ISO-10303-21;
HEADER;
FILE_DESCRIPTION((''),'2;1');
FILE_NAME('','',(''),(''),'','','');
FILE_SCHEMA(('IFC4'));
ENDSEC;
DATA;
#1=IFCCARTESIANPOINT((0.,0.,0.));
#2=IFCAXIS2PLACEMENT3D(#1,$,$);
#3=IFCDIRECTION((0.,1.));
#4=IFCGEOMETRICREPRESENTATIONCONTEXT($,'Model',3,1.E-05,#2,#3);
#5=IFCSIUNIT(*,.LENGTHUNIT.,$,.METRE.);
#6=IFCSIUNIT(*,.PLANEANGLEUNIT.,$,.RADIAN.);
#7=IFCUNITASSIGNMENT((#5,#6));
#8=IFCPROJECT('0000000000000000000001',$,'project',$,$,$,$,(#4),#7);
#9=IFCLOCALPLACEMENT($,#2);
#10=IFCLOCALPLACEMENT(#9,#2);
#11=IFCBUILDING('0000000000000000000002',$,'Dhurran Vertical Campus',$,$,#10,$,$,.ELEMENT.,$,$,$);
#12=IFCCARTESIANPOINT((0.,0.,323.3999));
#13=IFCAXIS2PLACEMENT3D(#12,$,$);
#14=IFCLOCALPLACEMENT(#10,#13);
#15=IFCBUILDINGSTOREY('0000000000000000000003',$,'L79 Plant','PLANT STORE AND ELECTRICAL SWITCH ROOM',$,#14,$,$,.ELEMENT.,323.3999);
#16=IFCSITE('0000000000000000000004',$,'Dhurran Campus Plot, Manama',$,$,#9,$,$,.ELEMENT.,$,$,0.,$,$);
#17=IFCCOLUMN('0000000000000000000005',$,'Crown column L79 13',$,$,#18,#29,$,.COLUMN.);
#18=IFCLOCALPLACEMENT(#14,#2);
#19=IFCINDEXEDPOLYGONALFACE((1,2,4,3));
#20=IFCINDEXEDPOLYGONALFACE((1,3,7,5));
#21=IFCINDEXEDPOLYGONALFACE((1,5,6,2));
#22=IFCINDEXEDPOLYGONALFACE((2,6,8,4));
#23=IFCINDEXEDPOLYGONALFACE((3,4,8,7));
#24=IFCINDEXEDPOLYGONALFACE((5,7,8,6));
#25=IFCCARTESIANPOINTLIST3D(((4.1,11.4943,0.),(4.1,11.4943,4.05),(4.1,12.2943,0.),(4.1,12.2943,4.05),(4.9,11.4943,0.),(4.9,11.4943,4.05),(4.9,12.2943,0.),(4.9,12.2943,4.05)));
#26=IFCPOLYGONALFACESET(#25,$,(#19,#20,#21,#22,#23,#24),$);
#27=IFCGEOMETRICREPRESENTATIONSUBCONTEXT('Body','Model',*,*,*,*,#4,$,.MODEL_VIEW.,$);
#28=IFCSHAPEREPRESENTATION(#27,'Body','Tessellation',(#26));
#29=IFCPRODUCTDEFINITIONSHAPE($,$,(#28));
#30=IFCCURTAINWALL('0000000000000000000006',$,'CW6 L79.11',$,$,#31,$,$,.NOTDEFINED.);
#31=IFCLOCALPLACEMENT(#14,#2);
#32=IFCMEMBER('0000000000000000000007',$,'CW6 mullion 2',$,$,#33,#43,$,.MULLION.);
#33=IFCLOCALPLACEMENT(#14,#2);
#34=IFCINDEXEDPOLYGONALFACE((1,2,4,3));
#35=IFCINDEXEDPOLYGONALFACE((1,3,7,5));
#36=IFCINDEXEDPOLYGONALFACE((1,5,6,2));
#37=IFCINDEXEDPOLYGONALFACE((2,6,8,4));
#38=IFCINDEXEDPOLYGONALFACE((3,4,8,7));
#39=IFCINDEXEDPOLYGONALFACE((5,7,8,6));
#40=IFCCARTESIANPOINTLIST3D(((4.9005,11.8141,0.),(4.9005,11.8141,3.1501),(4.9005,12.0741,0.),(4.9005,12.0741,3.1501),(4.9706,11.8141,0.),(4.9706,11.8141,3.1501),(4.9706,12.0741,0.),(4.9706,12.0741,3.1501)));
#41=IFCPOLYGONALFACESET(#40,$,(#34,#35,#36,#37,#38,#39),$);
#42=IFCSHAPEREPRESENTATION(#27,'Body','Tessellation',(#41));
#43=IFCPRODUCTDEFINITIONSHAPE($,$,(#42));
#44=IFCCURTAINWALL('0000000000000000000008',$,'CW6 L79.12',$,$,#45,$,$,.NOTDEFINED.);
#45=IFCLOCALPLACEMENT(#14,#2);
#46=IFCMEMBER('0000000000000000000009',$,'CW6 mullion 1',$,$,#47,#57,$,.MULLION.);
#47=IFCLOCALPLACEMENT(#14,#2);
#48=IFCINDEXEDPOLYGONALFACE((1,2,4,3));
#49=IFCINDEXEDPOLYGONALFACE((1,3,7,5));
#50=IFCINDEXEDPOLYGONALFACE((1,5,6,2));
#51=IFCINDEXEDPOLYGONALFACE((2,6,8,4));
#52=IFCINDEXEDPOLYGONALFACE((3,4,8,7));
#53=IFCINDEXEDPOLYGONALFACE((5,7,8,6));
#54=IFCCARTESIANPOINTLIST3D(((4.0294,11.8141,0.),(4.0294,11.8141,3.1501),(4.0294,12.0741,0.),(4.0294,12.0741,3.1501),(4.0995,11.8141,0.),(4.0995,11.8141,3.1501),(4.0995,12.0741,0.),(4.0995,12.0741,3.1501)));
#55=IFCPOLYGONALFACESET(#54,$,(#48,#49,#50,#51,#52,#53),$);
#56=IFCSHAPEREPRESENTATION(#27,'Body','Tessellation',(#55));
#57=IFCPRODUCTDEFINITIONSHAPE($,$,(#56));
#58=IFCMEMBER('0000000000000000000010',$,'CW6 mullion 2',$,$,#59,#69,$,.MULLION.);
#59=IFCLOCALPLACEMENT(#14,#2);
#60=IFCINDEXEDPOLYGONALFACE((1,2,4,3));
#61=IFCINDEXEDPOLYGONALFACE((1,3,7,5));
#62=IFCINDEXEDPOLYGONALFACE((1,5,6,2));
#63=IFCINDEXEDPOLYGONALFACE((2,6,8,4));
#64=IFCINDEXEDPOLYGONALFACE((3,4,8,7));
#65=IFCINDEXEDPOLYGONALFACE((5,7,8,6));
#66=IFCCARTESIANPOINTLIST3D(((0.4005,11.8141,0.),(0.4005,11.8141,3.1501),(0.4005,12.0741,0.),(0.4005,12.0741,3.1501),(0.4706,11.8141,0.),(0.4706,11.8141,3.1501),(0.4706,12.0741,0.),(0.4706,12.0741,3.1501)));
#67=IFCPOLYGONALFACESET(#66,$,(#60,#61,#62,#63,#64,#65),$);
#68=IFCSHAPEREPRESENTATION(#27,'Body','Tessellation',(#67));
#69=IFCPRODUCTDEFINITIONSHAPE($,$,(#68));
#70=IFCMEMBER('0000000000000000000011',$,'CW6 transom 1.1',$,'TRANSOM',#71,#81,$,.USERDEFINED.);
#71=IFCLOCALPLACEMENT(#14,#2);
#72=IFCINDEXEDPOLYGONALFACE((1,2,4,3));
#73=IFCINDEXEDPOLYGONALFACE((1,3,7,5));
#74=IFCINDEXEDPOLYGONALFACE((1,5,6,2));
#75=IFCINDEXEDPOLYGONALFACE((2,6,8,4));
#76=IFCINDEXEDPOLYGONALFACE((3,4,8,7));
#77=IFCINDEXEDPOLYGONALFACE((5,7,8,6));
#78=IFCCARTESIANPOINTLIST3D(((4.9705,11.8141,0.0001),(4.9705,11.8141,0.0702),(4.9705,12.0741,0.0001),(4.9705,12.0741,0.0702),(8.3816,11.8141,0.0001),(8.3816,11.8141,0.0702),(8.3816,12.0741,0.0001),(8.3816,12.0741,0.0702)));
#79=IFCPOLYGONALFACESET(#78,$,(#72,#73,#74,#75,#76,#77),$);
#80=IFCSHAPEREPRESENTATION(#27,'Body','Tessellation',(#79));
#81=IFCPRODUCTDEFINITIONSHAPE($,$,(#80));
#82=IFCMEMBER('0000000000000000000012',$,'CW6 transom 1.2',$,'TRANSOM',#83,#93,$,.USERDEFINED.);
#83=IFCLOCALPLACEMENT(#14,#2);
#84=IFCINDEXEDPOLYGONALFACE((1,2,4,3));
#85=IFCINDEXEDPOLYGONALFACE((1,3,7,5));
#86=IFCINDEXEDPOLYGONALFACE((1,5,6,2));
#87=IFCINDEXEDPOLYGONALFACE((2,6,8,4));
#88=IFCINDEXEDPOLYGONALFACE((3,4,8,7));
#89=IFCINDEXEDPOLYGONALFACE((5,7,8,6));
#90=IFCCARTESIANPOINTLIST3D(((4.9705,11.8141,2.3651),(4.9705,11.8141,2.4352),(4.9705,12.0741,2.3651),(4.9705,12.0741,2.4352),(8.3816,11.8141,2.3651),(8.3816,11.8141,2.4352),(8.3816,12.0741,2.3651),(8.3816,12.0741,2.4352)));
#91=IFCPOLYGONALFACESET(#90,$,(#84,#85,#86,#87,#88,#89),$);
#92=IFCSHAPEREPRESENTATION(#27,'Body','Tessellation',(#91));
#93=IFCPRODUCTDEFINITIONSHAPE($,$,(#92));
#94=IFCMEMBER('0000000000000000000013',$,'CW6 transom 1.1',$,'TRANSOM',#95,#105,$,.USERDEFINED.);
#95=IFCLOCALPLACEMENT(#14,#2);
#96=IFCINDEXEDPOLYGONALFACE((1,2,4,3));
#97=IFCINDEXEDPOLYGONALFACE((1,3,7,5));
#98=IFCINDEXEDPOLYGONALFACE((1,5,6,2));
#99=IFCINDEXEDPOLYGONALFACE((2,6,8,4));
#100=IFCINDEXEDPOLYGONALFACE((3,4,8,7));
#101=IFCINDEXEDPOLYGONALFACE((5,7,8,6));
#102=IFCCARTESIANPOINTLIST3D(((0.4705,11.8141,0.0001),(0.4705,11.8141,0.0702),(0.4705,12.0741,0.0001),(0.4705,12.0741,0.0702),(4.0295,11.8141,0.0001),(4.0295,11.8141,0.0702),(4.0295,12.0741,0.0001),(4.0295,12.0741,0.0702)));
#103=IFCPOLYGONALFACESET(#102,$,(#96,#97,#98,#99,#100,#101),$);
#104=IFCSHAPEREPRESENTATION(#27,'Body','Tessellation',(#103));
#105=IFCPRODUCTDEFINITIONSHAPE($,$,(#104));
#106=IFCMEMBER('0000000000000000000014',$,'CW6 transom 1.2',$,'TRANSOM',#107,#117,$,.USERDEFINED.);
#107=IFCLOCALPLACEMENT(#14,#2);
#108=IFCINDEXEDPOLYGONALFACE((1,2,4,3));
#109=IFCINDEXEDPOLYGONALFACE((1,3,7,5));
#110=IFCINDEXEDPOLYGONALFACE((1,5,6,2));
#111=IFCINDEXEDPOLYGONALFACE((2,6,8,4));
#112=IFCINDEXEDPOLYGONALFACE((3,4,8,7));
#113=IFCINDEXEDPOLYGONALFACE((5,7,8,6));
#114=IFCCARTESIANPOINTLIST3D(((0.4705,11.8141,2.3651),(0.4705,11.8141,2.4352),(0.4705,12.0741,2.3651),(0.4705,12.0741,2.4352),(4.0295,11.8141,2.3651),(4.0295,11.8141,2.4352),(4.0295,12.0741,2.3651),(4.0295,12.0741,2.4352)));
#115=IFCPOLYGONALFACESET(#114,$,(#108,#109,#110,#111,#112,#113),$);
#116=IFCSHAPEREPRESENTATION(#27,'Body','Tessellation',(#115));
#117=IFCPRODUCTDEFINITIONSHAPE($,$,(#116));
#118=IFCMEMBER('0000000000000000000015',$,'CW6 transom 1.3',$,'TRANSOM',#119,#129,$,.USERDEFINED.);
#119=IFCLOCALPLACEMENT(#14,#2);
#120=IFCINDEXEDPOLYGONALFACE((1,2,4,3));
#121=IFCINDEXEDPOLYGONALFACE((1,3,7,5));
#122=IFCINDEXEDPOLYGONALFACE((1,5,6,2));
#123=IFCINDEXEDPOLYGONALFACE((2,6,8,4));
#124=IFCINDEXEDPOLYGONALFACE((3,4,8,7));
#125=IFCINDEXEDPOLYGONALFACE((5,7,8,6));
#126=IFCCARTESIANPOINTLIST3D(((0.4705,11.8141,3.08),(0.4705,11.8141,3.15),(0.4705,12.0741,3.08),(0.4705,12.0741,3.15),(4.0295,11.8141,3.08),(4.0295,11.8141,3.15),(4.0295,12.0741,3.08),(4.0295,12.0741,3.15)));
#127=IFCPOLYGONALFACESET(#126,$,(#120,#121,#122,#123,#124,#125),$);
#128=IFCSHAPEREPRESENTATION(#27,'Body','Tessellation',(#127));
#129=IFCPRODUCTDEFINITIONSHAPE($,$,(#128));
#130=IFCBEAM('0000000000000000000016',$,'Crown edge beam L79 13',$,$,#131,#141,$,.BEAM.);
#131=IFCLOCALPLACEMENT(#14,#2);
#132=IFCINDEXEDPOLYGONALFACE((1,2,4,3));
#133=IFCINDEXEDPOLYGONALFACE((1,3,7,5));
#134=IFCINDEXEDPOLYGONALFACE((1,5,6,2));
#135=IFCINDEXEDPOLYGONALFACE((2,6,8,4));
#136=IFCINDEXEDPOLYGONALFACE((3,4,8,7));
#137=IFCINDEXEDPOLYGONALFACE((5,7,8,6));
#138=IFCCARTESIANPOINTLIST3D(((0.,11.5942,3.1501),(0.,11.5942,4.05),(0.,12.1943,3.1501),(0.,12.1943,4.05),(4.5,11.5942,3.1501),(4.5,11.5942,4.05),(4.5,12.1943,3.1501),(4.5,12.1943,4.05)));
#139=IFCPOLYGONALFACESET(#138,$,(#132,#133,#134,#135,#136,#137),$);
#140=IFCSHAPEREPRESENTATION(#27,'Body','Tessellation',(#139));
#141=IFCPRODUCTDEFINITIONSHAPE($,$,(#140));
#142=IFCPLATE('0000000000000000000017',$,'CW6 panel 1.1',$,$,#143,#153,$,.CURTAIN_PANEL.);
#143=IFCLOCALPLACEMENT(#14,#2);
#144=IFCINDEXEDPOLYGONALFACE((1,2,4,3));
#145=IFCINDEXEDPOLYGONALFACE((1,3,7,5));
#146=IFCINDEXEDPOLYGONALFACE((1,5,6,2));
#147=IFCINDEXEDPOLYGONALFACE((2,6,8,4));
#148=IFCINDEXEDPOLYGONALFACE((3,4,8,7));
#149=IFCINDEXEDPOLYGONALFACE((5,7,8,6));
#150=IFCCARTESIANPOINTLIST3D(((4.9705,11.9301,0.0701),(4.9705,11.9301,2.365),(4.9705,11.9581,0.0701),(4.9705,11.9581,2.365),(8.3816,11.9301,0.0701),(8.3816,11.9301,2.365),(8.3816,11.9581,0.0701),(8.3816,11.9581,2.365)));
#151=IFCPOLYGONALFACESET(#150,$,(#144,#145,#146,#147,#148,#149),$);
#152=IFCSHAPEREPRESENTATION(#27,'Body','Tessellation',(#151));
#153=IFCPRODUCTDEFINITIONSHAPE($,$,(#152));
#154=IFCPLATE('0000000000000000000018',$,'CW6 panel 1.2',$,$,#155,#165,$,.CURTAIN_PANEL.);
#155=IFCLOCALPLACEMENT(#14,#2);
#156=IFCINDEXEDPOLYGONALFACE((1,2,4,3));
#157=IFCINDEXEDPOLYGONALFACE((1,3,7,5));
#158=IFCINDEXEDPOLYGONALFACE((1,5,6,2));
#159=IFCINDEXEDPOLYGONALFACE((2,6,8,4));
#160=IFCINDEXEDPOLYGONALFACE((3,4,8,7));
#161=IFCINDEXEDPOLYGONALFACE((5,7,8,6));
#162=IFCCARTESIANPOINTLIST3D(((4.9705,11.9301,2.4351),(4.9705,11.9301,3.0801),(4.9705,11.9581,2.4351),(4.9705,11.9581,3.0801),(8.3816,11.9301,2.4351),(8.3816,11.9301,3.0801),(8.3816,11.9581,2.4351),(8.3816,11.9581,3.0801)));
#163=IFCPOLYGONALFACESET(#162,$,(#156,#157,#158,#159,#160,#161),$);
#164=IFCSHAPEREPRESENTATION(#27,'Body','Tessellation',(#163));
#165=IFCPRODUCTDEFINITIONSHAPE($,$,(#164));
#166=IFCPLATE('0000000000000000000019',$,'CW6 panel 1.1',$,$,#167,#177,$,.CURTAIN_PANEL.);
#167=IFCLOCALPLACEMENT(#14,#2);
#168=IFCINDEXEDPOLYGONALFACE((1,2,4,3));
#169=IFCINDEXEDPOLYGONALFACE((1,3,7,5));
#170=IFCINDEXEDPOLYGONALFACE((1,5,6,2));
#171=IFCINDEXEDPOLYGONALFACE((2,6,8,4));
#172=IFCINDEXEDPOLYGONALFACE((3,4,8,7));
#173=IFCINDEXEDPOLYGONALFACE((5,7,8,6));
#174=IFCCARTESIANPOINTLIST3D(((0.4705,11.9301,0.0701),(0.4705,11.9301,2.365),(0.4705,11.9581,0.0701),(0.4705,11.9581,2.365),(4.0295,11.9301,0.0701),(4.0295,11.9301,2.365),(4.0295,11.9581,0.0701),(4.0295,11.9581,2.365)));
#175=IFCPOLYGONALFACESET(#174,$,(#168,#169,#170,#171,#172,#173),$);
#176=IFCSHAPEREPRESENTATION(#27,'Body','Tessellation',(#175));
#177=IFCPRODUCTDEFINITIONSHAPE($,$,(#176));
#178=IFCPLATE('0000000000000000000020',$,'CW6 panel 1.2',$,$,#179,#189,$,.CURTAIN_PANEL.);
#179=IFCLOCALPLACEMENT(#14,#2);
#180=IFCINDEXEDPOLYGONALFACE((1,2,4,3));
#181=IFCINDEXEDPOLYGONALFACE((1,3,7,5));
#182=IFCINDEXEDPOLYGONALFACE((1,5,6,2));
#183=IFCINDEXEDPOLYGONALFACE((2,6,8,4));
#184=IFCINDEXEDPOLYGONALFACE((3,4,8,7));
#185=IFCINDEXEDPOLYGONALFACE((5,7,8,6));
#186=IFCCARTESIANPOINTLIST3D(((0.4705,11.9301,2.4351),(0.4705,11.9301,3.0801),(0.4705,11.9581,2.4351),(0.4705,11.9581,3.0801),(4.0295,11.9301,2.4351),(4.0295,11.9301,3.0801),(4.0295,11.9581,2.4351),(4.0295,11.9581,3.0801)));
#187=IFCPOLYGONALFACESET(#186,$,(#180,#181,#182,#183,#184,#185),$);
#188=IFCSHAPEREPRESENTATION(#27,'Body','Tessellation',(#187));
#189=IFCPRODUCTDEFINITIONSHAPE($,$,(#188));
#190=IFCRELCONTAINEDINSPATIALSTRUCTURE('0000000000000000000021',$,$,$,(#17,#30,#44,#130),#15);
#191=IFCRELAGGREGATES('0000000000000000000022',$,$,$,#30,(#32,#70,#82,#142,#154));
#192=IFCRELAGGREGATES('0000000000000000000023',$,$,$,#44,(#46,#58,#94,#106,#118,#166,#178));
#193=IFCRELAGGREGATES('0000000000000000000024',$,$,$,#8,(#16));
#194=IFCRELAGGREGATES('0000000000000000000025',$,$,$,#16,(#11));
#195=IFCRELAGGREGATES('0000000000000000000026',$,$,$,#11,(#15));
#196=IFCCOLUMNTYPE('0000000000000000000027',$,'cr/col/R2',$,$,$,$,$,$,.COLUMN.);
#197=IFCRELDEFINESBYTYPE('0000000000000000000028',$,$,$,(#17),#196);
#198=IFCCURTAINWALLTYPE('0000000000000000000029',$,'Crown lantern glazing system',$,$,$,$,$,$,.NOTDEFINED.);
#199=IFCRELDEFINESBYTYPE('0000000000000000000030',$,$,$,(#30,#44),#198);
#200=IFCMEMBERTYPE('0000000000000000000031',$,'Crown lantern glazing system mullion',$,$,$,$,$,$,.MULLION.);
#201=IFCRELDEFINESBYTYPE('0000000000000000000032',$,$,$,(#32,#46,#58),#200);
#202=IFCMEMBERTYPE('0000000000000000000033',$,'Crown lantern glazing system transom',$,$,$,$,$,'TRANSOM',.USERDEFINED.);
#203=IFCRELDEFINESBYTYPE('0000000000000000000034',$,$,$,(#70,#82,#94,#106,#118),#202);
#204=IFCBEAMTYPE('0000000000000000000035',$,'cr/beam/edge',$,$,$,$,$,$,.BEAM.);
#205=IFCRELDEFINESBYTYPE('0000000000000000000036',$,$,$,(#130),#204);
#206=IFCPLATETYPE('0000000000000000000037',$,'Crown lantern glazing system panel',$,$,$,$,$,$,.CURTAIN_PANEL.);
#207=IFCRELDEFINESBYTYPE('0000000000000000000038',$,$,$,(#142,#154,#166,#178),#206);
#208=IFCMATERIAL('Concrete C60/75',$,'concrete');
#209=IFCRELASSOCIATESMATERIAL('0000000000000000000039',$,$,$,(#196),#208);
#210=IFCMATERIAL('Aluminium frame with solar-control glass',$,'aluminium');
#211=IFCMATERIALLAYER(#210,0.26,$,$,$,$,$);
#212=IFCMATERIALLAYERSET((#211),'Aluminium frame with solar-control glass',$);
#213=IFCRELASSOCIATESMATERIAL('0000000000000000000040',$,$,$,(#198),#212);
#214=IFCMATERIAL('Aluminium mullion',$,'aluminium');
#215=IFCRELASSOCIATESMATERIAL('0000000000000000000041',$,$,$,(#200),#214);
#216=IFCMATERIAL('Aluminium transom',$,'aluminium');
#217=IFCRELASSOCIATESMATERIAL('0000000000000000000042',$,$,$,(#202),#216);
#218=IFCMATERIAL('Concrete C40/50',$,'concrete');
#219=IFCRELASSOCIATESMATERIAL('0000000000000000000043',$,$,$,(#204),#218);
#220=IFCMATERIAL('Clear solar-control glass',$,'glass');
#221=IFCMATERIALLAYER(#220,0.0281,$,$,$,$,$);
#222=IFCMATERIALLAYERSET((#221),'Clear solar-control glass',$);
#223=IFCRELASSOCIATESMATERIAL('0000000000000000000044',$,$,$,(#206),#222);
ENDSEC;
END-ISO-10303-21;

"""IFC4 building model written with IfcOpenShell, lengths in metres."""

from ifc_helpers import new_model, si_unit, direction, frame, origin, origin_2d, place, context, subcontext, project, spatial, rectangle, extrude, material, layer, layer_set, material_profile, profile_set, type_object, element, aggregate, save


model = new_model("IFC4")

# Units and contexts
model_context = context("Model", 3, precision=1e-05, world=origin(), true_north=direction((0.0, 1.0)))
body_context = subcontext(model_context, "Body", "Model", "MODEL_VIEW")
ifc_project = project(units=[si_unit("LENGTHUNIT", "METRE"), si_unit("PLANEANGLEUNIT", "RADIAN")], contexts=[model_context])

# Site, building, storey
site_placement = place(None, origin())
site = spatial("IfcSite", under=ifc_project, at=site_placement, Name="Dhurran Campus Plot, Manama", CompositionType="ELEMENT", RefElevation=0.0)
building_placement = place(site_placement, origin())
building = spatial("IfcBuilding", under=site, at=building_placement, Name="Dhurran Vertical Campus", CompositionType="ELEMENT")
storey_placement = place(building_placement, frame((0.0, 0.0, 323.3999)))
storey = spatial("IfcBuildingStorey", under=building, at=storey_placement, Name="L79 Plant", Description="PLANT STORE AND ELECTRICAL SWITCH ROOM", CompositionType="ELEMENT", Elevation=323.3999)

# Column
ifc_material_1 = material(Name="Concrete C60/75", Category="concrete")
ifc_material_profile_1 = material_profile(ifc_material_1, rectangle(XDim=0.8, YDim=0.8, at=origin_2d()), Name="cr/col/R2")
ifc_profile_set_1 = profile_set([ifc_material_profile_1], Name="Concrete C60/75")
column_type = type_object("IfcColumnType", Name="cr/col/R2", PredefinedType="COLUMN", material=ifc_profile_set_1)
column_placement = place(storey_placement, frame((4.5, 11.8943, 0.0), z_axis=(0.0, 0.0, 1.0), x_axis=(-1.0, 0.0, 0.0)))
element("IfcColumn", 1, at=column_placement, inside=storey, type_object=column_type, Name="Crown column L79 13", PredefinedType="COLUMN", context=body_context, shape_type="SweptSolid", body=[
    extrude(rectangle(XDim=0.8, YDim=0.8, at=origin_2d()), origin(), (0.0, 0.0, 1.0), 4.05),
])

# Curtain wall, member
ifc_material_2 = material(Name="Aluminium frame with solar-control glass", Category="aluminium")
ifc_layer_1 = layer(ifc_material_2, 0.26)
ifc_layer_set_1 = layer_set([ifc_layer_1], Name="Aluminium frame with solar-control glass")
curtain_wall_type = type_object("IfcCurtainWallType", Name="Crown lantern glazing system", PredefinedType="NOTDEFINED", material=ifc_layer_set_1)
curtain_wall_1_placement = place(storey_placement, origin())
curtain_wall_1 = element("IfcCurtainWall", 2, at=curtain_wall_1_placement, inside=storey, type_object=curtain_wall_type, Name="CW6 L79.11", PredefinedType="NOTDEFINED")
ifc_material_3 = material(Name="Aluminium mullion", Category="aluminium")
ifc_material_profile_2 = material_profile(ifc_material_3, rectangle(XDim=0.26, YDim=0.0701, at=origin_2d()), Name="Crown lantern glazing system mullion")
ifc_profile_set_2 = profile_set([ifc_material_profile_2], Name="Aluminium mullion")
member_type_1 = type_object("IfcMemberType", Name="Crown lantern glazing system mullion", PredefinedType="MULLION", material=ifc_profile_set_2)
member_1_placement = place(storey_placement, frame((4.9355, 11.9441, 0.0), z_axis=(0.0, 0.0, 1.0), x_axis=(0.0, -1.0, 0.0)))
member_1 = element("IfcMember", 3, at=member_1_placement, type_object=member_type_1, Name="CW6 mullion 2", PredefinedType="MULLION", context=body_context, shape_type="SweptSolid", body=[
    extrude(rectangle(XDim=0.26, YDim=0.0701, at=origin_2d()), origin(), (0.0, 0.0, 1.0), 3.1501),
])

# Curtain wall, members
curtain_wall_2_placement = place(storey_placement, origin())
curtain_wall_2 = element("IfcCurtainWall", 4, at=curtain_wall_2_placement, inside=storey, type_object=curtain_wall_type, Name="CW6 L79.12", PredefinedType="NOTDEFINED")
member_2_placement = place(storey_placement, frame((4.0645, 11.9441, 0.0), z_axis=(0.0, 0.0, 1.0), x_axis=(0.0, -1.0, 0.0)))
member_2 = element("IfcMember", 5, at=member_2_placement, type_object=member_type_1, Name="CW6 mullion 1", PredefinedType="MULLION", context=body_context, shape_type="SweptSolid", body=[
    extrude(rectangle(XDim=0.26, YDim=0.0701, at=origin_2d()), origin(), (0.0, 0.0, 1.0), 3.1501),
])
member_3_placement = place(storey_placement, frame((0.4355, 11.9441, 0.0), z_axis=(0.0, 0.0, 1.0), x_axis=(0.0, -1.0, 0.0)))
member_3 = element("IfcMember", 6, at=member_3_placement, type_object=member_type_1, Name="CW6 mullion 2", PredefinedType="MULLION", context=body_context, shape_type="SweptSolid", body=[
    extrude(rectangle(XDim=0.26, YDim=0.0701, at=origin_2d()), origin(), (0.0, 0.0, 1.0), 3.1501),
])

# Members
ifc_material_4 = material(Name="Aluminium transom", Category="aluminium")
ifc_material_profile_3 = material_profile(ifc_material_4, rectangle(XDim=0.26, YDim=0.0701, at=origin_2d()), Name="Crown lantern glazing system transom")
ifc_profile_set_3 = profile_set([ifc_material_profile_3], Name="Aluminium transom")
member_type_2 = type_object("IfcMemberType", Name="Crown lantern glazing system transom", ElementType="TRANSOM", PredefinedType="USERDEFINED", material=ifc_profile_set_3)
member_4_placement = place(storey_placement, frame((8.3816, 11.9441, 0.0352), z_axis=(-1.0, 0.0, 0.0), x_axis=(0.0, -1.0, 0.0)))
member_4 = element("IfcMember", 7, at=member_4_placement, type_object=member_type_2, Name="CW6 transom 1.1", ObjectType="TRANSOM", PredefinedType="USERDEFINED", context=body_context, shape_type="SweptSolid", body=[
    extrude(rectangle(XDim=0.26, YDim=0.0701, at=origin_2d()), origin(), (0.0, 0.0, 1.0), 3.4111),
])
member_5_placement = place(storey_placement, frame((8.3816, 11.9441, 2.4001), z_axis=(-1.0, 0.0, 0.0), x_axis=(0.0, -1.0, 0.0)))
member_5 = element("IfcMember", 8, at=member_5_placement, type_object=member_type_2, Name="CW6 transom 1.2", ObjectType="TRANSOM", PredefinedType="USERDEFINED", context=body_context, shape_type="SweptSolid", body=[
    extrude(rectangle(XDim=0.26, YDim=0.0701, at=origin_2d()), origin(), (0.0, 0.0, 1.0), 3.4111),
])
member_6_placement = place(storey_placement, frame((4.0295, 11.9441, 0.0352), z_axis=(-1.0, 0.0, 0.0), x_axis=(0.0, -1.0, 0.0)))
member_6 = element("IfcMember", 9, at=member_6_placement, type_object=member_type_2, Name="CW6 transom 1.1", ObjectType="TRANSOM", PredefinedType="USERDEFINED", context=body_context, shape_type="SweptSolid", body=[
    extrude(rectangle(XDim=0.26, YDim=0.0701, at=origin_2d()), origin(), (0.0, 0.0, 1.0), 3.5591),
])
member_7_placement = place(storey_placement, frame((4.0295, 11.9441, 2.4001), z_axis=(-1.0, 0.0, 0.0), x_axis=(0.0, -1.0, 0.0)))
member_7 = element("IfcMember", 10, at=member_7_placement, type_object=member_type_2, Name="CW6 transom 1.2", ObjectType="TRANSOM", PredefinedType="USERDEFINED", context=body_context, shape_type="SweptSolid", body=[
    extrude(rectangle(XDim=0.26, YDim=0.0701, at=origin_2d()), origin(), (0.0, 0.0, 1.0), 3.5591),
])
member_8_placement = place(storey_placement, frame((4.0295, 11.9441, 3.115), z_axis=(-1.0, 0.0, 0.0), x_axis=(0.0, -1.0, 0.0)))
member_8 = element("IfcMember", 11, at=member_8_placement, type_object=member_type_2, Name="CW6 transom 1.3", ObjectType="TRANSOM", PredefinedType="USERDEFINED", context=body_context, shape_type="SweptSolid", body=[
    extrude(rectangle(XDim=0.26, YDim=0.0701, at=origin_2d()), origin(), (0.0, 0.0, 1.0), 3.5591),
])

# Beam
ifc_material_5 = material(Name="Concrete C40/50", Category="concrete")
ifc_material_profile_4 = material_profile(ifc_material_5, rectangle(XDim=0.6001, YDim=0.8999, at=origin_2d()), Name="cr/beam/edge")
ifc_profile_set_4 = profile_set([ifc_material_profile_4], Name="Concrete C40/50")
beam_type = type_object("IfcBeamType", Name="cr/beam/edge", PredefinedType="BEAM", material=ifc_profile_set_4)
beam_placement = place(storey_placement, frame((4.5, 11.8943, 3.6001), z_axis=(-1.0, 0.0, 0.0), x_axis=(0.0, -1.0, 0.0)))
element("IfcBeam", 12, at=beam_placement, inside=storey, type_object=beam_type, Name="Crown edge beam L79 13", PredefinedType="BEAM", context=body_context, shape_type="SweptSolid", body=[
    extrude(rectangle(XDim=0.6001, YDim=0.8999, at=origin_2d()), origin(), (0.0, 0.0, 1.0), 4.5),
])

# Plates
ifc_material_6 = material(Name="Clear solar-control glass", Category="glass")
ifc_layer_2 = layer(ifc_material_6, 0.0281)
ifc_layer_set_2 = layer_set([ifc_layer_2], Name="Clear solar-control glass")
plate_type = type_object("IfcPlateType", Name="Crown lantern glazing system panel", PredefinedType="CURTAIN_PANEL", material=ifc_layer_set_2)
plate_1_placement = place(storey_placement, frame((6.676, 11.9441, 0.0701), z_axis=(0.0, 0.0, 1.0), x_axis=(-1.0, 0.0, 0.0)))
plate_1 = element("IfcPlate", 13, at=plate_1_placement, type_object=plate_type, Name="CW6 panel 1.1", PredefinedType="CURTAIN_PANEL", context=body_context, shape_type="SweptSolid", body=[
    extrude(rectangle(XDim=3.4111, YDim=0.0281, at=origin_2d()), origin(), (0.0, 0.0, 1.0), 2.2949),
])
plate_2_placement = place(storey_placement, frame((6.676, 11.9441, 2.4351), z_axis=(0.0, 0.0, 1.0), x_axis=(-1.0, 0.0, 0.0)))
plate_2 = element("IfcPlate", 14, at=plate_2_placement, type_object=plate_type, Name="CW6 panel 1.2", PredefinedType="CURTAIN_PANEL", context=body_context, shape_type="SweptSolid", body=[
    extrude(rectangle(XDim=3.4111, YDim=0.0281, at=origin_2d()), origin(), (0.0, 0.0, 1.0), 0.645),
])
aggregate(curtain_wall_1, [member_1, member_4, member_5, plate_1, plate_2])
plate_3_placement = place(storey_placement, frame((2.25, 11.9441, 0.0701), z_axis=(0.0, 0.0, 1.0), x_axis=(-1.0, 0.0, 0.0)))
plate_3 = element("IfcPlate", 15, at=plate_3_placement, type_object=plate_type, Name="CW6 panel 1.1", PredefinedType="CURTAIN_PANEL", context=body_context, shape_type="SweptSolid", body=[
    extrude(rectangle(XDim=3.5591, YDim=0.0281, at=origin_2d()), origin(), (0.0, 0.0, 1.0), 2.2949),
])
plate_4_placement = place(storey_placement, frame((2.25, 11.9441, 2.4351), z_axis=(0.0, 0.0, 1.0), x_axis=(-1.0, 0.0, 0.0)))
plate_4 = element("IfcPlate", 16, at=plate_4_placement, type_object=plate_type, Name="CW6 panel 1.2", PredefinedType="CURTAIN_PANEL", context=body_context, shape_type="SweptSolid", body=[
    extrude(rectangle(XDim=3.5591, YDim=0.0281, at=origin_2d()), origin(), (0.0, 0.0, 1.0), 0.645),
])
aggregate(curtain_wall_2, [member_2, member_3, member_6, member_7, member_8, plate_3, plate_4])

save(model, "model.ifc")
